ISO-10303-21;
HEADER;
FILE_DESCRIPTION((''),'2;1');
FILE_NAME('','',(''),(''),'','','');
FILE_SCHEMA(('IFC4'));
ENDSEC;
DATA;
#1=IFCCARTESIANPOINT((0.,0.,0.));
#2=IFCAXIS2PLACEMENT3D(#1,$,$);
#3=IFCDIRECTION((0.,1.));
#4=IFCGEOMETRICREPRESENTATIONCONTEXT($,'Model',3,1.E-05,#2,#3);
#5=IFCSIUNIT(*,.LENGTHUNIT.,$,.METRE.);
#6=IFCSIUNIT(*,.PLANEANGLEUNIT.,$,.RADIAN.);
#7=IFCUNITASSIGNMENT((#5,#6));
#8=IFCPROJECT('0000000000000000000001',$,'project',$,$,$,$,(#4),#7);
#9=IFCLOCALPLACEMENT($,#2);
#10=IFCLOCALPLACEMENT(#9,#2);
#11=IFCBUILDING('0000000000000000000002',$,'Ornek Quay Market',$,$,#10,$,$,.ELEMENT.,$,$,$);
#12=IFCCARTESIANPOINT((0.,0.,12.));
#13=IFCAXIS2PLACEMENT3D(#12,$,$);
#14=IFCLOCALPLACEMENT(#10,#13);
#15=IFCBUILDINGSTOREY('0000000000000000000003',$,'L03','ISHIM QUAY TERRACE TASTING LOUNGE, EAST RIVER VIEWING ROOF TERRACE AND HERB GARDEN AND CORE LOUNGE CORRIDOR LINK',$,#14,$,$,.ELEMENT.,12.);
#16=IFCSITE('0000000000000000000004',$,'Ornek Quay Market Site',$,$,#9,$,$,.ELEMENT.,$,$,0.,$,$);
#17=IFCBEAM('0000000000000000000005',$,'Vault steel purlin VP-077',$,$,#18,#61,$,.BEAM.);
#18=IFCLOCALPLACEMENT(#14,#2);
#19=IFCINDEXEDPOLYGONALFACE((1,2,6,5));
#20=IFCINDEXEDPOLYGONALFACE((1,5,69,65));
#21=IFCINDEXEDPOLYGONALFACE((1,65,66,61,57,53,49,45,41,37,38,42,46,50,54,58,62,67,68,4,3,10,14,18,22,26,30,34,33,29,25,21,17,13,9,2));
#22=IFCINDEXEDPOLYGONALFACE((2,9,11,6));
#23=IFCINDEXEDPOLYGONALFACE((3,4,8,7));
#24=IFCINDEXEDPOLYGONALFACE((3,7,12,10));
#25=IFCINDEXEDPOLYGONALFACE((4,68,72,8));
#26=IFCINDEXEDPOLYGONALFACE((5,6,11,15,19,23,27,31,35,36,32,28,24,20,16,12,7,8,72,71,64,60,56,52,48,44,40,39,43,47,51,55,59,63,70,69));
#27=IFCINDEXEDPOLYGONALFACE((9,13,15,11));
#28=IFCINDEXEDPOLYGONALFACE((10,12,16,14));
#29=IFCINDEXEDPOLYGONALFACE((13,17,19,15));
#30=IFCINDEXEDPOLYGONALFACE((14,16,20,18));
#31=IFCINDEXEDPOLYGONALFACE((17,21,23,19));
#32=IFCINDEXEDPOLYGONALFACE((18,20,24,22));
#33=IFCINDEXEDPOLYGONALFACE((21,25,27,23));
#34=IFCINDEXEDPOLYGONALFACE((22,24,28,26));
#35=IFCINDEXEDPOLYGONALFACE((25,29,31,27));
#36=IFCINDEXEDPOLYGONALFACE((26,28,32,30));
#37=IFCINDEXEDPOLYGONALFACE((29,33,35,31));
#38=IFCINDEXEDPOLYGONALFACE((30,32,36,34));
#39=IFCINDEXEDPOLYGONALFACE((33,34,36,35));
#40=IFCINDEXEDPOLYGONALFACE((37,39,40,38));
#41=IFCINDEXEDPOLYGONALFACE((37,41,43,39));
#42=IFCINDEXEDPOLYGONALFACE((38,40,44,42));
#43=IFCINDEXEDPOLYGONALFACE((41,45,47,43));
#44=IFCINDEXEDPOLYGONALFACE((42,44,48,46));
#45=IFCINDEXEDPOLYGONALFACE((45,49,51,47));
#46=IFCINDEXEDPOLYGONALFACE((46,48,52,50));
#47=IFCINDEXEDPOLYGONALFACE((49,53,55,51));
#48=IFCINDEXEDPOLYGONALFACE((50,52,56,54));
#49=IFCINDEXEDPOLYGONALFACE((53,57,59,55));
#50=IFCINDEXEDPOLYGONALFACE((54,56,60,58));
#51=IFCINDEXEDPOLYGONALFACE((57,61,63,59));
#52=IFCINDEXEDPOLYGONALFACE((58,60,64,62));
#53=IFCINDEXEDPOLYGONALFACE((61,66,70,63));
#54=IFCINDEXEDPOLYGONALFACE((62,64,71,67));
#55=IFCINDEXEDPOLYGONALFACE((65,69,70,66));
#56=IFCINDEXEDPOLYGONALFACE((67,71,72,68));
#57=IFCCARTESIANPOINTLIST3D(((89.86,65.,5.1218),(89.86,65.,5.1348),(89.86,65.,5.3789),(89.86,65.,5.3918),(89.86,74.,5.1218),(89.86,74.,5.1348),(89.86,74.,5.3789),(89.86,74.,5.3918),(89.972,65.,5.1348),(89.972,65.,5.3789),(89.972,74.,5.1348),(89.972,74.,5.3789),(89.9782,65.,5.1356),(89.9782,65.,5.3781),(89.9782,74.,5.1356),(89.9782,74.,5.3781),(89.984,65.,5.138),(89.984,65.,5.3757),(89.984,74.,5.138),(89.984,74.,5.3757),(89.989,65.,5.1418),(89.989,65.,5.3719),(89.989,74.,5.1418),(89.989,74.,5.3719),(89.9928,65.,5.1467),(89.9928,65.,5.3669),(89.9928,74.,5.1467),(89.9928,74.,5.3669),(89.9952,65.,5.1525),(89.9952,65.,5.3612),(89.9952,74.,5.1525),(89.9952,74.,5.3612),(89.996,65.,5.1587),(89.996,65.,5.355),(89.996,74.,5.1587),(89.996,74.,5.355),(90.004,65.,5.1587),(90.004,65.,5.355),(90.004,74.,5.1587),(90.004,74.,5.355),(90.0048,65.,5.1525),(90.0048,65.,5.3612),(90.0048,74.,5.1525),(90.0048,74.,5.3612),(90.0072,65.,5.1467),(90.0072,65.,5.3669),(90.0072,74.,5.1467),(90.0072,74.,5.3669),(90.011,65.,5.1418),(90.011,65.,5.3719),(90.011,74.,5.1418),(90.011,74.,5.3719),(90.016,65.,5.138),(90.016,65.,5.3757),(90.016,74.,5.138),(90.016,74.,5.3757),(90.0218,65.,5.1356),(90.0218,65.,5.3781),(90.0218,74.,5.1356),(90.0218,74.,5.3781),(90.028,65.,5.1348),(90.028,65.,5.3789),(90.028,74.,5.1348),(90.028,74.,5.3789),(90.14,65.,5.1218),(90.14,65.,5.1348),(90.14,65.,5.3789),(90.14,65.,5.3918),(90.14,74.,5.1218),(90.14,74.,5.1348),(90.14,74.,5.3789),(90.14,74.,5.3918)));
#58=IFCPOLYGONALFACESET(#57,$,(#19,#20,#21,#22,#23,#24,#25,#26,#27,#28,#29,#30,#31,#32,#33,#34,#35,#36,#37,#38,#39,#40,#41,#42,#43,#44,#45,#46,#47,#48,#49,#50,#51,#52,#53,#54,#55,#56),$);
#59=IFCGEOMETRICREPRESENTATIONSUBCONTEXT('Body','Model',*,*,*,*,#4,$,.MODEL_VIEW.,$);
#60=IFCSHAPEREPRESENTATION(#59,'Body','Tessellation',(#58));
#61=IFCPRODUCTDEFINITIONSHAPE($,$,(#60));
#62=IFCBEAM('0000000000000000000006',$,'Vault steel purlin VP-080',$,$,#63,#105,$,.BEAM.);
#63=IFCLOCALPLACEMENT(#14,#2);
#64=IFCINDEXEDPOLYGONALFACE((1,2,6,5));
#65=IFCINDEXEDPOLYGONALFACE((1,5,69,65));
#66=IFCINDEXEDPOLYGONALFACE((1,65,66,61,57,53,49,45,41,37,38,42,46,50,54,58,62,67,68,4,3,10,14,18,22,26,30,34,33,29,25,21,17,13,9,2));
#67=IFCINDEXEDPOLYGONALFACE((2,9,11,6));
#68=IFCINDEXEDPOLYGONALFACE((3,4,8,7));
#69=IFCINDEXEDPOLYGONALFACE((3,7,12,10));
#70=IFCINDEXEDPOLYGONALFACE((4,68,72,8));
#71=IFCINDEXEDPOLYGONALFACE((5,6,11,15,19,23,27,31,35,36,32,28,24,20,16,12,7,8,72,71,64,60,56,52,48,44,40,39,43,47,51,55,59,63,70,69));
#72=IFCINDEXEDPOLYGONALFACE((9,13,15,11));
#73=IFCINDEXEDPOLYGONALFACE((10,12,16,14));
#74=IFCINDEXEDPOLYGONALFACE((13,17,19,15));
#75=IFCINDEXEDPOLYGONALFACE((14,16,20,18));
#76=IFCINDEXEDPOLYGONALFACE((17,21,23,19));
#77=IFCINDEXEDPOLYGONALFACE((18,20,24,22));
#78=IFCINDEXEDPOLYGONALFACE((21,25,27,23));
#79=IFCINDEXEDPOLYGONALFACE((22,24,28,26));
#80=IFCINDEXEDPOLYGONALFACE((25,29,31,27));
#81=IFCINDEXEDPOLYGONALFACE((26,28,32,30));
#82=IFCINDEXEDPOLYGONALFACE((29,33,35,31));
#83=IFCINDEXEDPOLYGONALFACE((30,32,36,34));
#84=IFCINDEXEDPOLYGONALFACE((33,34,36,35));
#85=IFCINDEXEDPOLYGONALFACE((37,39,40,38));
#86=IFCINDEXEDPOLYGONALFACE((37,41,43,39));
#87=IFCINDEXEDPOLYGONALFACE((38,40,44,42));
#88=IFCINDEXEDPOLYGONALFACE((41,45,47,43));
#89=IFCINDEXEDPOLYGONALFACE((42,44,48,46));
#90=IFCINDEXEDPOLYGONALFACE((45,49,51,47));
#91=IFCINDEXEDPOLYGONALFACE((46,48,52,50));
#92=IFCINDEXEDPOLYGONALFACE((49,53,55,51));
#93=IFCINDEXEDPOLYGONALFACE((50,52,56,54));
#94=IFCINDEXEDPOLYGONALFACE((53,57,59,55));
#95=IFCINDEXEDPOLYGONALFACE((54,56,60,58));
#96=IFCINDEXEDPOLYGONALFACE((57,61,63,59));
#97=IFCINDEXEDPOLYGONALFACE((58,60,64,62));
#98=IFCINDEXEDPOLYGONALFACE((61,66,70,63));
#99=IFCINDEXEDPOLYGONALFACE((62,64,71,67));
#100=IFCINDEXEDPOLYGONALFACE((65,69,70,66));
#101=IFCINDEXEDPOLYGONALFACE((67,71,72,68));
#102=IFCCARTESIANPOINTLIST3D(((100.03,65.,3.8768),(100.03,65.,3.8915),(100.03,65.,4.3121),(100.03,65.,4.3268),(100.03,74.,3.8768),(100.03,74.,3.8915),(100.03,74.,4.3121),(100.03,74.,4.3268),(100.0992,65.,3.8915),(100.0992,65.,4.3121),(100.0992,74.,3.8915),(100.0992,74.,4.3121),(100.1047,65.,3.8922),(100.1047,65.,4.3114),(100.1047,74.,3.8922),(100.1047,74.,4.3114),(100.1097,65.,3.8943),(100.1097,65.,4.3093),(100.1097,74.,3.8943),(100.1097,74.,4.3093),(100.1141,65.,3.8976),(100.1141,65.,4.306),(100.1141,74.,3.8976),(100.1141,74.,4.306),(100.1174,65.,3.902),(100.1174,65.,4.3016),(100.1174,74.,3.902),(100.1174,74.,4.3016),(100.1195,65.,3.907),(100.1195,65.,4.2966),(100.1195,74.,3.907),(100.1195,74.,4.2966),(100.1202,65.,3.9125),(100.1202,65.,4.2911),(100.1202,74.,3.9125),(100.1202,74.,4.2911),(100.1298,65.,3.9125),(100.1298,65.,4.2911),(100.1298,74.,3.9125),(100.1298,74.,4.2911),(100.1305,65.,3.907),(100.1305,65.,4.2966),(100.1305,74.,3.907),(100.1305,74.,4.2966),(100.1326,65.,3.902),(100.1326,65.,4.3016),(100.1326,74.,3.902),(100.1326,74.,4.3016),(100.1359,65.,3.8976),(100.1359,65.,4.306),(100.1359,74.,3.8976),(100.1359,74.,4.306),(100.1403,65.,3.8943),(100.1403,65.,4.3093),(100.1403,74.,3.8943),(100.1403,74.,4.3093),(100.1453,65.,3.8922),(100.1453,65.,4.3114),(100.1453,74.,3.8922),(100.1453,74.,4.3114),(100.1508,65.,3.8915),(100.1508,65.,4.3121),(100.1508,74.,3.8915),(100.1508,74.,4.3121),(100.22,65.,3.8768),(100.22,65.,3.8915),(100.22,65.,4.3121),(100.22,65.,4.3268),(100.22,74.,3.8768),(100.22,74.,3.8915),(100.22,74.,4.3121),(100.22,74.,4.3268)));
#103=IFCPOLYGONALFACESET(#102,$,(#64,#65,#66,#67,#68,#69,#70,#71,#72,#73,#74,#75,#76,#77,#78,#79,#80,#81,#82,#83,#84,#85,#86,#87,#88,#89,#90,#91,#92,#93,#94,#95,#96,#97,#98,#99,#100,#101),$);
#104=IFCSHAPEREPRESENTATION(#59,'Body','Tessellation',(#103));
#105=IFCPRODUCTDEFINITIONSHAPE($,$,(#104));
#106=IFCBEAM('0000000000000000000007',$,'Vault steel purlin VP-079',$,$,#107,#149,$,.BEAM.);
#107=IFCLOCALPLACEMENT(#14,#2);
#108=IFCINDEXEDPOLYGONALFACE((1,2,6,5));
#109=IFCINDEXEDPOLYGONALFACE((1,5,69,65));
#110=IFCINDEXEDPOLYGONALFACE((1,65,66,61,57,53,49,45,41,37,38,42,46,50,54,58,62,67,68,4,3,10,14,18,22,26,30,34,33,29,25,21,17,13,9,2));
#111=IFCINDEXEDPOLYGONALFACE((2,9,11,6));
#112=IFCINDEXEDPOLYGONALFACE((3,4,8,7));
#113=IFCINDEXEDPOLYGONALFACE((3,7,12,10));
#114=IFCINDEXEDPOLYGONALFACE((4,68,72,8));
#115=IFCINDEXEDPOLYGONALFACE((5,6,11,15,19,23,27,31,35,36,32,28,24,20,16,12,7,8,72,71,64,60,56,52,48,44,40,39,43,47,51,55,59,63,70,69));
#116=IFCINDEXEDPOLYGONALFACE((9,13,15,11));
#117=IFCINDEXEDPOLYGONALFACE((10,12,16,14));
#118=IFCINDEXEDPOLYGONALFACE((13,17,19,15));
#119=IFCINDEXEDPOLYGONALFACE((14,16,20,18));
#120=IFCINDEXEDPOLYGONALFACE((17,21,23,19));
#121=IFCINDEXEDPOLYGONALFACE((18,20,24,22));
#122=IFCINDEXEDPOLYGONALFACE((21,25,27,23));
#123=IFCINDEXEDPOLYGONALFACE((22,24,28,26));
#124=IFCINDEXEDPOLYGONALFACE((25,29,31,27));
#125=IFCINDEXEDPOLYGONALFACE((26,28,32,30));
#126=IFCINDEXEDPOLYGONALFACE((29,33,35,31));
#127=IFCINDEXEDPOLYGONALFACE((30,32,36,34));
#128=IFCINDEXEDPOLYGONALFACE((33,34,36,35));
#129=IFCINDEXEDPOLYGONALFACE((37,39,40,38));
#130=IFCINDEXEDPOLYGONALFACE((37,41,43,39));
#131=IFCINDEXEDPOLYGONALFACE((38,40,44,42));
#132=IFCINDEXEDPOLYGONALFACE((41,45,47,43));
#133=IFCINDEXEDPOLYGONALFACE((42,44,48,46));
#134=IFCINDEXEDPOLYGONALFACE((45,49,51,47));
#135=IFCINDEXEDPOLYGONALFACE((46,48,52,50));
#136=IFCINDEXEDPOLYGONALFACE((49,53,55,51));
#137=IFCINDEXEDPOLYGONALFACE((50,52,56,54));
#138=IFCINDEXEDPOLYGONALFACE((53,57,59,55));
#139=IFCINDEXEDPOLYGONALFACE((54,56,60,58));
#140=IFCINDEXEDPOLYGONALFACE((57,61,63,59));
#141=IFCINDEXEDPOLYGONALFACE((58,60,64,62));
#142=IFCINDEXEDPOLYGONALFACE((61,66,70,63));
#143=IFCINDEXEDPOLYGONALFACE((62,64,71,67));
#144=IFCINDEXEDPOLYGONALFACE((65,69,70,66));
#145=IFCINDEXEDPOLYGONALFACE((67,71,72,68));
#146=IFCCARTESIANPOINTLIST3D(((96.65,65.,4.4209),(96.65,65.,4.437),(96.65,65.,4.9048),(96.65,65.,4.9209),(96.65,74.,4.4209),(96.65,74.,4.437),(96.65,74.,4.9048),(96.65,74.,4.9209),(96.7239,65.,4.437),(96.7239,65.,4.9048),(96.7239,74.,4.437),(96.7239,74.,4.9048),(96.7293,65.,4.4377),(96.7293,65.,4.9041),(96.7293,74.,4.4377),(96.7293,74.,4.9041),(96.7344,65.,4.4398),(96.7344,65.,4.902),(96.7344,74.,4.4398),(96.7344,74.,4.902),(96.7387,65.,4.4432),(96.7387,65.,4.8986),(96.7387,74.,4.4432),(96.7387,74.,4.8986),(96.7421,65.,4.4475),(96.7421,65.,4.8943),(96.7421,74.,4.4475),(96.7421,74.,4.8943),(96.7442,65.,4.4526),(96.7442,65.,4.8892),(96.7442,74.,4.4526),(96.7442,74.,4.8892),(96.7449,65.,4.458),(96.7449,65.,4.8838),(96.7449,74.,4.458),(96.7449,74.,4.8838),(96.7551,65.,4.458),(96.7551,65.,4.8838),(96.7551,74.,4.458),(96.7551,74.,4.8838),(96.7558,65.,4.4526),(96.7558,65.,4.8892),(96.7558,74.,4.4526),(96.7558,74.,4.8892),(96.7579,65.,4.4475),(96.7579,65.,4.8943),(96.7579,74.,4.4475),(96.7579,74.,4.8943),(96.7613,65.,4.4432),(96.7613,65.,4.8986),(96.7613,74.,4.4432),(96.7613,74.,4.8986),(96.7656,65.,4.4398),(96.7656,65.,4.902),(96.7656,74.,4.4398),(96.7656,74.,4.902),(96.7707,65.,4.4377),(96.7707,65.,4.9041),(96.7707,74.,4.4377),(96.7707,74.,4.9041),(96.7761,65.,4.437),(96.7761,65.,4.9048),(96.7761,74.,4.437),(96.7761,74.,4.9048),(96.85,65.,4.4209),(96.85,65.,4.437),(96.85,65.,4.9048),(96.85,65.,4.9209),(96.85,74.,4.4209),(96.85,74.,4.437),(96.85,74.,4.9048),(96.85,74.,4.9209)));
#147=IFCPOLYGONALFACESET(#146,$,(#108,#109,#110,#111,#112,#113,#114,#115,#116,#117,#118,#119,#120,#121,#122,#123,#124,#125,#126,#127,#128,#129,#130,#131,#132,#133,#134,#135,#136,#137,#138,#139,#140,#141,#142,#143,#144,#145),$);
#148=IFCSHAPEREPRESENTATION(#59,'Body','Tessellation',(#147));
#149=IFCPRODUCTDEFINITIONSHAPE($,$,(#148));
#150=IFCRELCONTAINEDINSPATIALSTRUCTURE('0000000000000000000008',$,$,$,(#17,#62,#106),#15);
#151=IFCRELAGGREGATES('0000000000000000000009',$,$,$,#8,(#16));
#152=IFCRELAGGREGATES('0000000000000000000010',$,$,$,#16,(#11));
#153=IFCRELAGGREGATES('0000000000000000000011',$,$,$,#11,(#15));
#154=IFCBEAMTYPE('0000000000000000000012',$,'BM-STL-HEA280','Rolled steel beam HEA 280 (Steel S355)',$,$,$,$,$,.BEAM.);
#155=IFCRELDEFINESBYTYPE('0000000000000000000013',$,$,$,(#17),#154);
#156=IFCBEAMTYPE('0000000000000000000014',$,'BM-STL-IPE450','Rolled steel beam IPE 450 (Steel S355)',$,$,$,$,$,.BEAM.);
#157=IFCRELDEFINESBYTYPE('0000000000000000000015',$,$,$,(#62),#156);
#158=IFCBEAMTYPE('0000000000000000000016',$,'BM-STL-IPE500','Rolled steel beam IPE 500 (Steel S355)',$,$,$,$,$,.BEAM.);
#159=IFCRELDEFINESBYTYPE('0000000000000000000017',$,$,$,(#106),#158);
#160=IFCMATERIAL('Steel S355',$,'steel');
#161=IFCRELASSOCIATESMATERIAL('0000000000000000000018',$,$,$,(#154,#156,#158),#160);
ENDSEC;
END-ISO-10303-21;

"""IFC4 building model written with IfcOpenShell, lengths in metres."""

from ifc_helpers import new_model, si_unit, direction, frame, origin, origin_2d, place, context, subcontext, project, spatial, i_section, extrude, material, material_profile, profile_set, type_object, element, save


model = new_model("IFC4")

# Units and contexts
model_context = context("Model", 3, precision=1e-05, world=origin(), true_north=direction((0.0, 1.0)))
body_context = subcontext(model_context, "Body", "Model", "MODEL_VIEW")
ifc_project = project(units=[si_unit("LENGTHUNIT", "METRE"), si_unit("PLANEANGLEUNIT", "RADIAN")], contexts=[model_context])

# Site, building, storey
site_placement = place(None, origin())
site = spatial("IfcSite", under=ifc_project, at=site_placement, Name="Ornek Quay Market Site", CompositionType="ELEMENT", RefElevation=0.0)
building_placement = place(site_placement, origin())
building = spatial("IfcBuilding", under=site, at=building_placement, Name="Ornek Quay Market", CompositionType="ELEMENT")
storey_placement = place(building_placement, frame((0.0, 0.0, 12.0)))
storey = spatial("IfcBuildingStorey", under=building, at=storey_placement, Name="L03", Description="ISHIM QUAY TERRACE TASTING LOUNGE, EAST RIVER VIEWING ROOF TERRACE AND HERB GARDEN AND CORE LOUNGE CORRIDOR LINK", CompositionType="ELEMENT", Elevation=12.0)

# Beams
ifc_material_1 = material(Name="Steel S355", Category="steel")
ifc_material_profile_1 = material_profile(ifc_material_1, i_section(OverallWidth=0.28, OverallDepth=0.27, WebThickness=0.0081, FlangeThickness=0.0129, FilletRadius=0.0239, at=origin_2d()), Name="HEA 280", Category="steel")
ifc_profile_set_1 = profile_set([ifc_material_profile_1], Name="Steel S355")
beam_type_1 = type_object("IfcBeamType", Name="BM-STL-HEA280", Description="Rolled steel beam HEA 280 (Steel S355)", PredefinedType="BEAM", material=ifc_profile_set_1)
beam_1_placement = place(storey_placement, frame((90.0, 65.0, 5.2568), z_axis=(0.0, 1.0, 0.0), x_axis=(-1.0, 0.0, 0.0)))
element("IfcBeam", 1, at=beam_1_placement, inside=storey, type_object=beam_type_1, Name="Vault steel purlin VP-077", PredefinedType="BEAM", context=body_context, shape_type="SweptSolid", body=[
    extrude(i_section(OverallWidth=0.28, OverallDepth=0.27, WebThickness=0.0081, FlangeThickness=0.0129, FilletRadius=0.0239, at=origin_2d()), origin(), (0.0, 0.0, 1.0), 9.0),
])
ifc_material_profile_2 = material_profile(ifc_material_1, i_section(OverallWidth=0.1899, OverallDepth=0.45, WebThickness=0.0095, FlangeThickness=0.0146, FilletRadius=0.021, at=origin_2d()), Name="IPE 450", Category="steel")
ifc_profile_set_2 = profile_set([ifc_material_profile_2], Name="Steel S355")
beam_type_2 = type_object("IfcBeamType", Name="BM-STL-IPE450", Description="Rolled steel beam IPE 450 (Steel S355)", PredefinedType="BEAM", material=ifc_profile_set_2)
beam_2_placement = place(storey_placement, frame((100.125, 65.0, 4.1018), z_axis=(0.0, 1.0, 0.0), x_axis=(-1.0, 0.0, 0.0)))
element("IfcBeam", 2, at=beam_2_placement, inside=storey, type_object=beam_type_2, Name="Vault steel purlin VP-080", PredefinedType="BEAM", context=body_context, shape_type="SweptSolid", body=[
    extrude(i_section(OverallWidth=0.1899, OverallDepth=0.45, WebThickness=0.0095, FlangeThickness=0.0146, FilletRadius=0.021, at=origin_2d()), origin(), (0.0, 0.0, 1.0), 9.0),
])
ifc_material_profile_3 = material_profile(ifc_material_1, i_section(OverallWidth=0.2, OverallDepth=0.5, WebThickness=0.0103, FlangeThickness=0.0161, FilletRadius=0.021, at=origin_2d()), Name="IPE 500", Category="steel")
ifc_profile_set_3 = profile_set([ifc_material_profile_3], Name="Steel S355")
beam_type_3 = type_object("IfcBeamType", Name="BM-STL-IPE500", Description="Rolled steel beam IPE 500 (Steel S355)", PredefinedType="BEAM", material=ifc_profile_set_3)
beam_3_placement = place(storey_placement, frame((96.75, 65.0, 4.6709), z_axis=(0.0, 1.0, 0.0), x_axis=(-1.0, 0.0, 0.0)))
element("IfcBeam", 3, at=beam_3_placement, inside=storey, type_object=beam_type_3, Name="Vault steel purlin VP-079", PredefinedType="BEAM", context=body_context, shape_type="SweptSolid", body=[
    extrude(i_section(OverallWidth=0.2, OverallDepth=0.5, WebThickness=0.0103, FlangeThickness=0.0161, FilletRadius=0.021, at=origin_2d()), origin(), (0.0, 0.0, 1.0), 9.0),
])

save(model, "model.ifc")
